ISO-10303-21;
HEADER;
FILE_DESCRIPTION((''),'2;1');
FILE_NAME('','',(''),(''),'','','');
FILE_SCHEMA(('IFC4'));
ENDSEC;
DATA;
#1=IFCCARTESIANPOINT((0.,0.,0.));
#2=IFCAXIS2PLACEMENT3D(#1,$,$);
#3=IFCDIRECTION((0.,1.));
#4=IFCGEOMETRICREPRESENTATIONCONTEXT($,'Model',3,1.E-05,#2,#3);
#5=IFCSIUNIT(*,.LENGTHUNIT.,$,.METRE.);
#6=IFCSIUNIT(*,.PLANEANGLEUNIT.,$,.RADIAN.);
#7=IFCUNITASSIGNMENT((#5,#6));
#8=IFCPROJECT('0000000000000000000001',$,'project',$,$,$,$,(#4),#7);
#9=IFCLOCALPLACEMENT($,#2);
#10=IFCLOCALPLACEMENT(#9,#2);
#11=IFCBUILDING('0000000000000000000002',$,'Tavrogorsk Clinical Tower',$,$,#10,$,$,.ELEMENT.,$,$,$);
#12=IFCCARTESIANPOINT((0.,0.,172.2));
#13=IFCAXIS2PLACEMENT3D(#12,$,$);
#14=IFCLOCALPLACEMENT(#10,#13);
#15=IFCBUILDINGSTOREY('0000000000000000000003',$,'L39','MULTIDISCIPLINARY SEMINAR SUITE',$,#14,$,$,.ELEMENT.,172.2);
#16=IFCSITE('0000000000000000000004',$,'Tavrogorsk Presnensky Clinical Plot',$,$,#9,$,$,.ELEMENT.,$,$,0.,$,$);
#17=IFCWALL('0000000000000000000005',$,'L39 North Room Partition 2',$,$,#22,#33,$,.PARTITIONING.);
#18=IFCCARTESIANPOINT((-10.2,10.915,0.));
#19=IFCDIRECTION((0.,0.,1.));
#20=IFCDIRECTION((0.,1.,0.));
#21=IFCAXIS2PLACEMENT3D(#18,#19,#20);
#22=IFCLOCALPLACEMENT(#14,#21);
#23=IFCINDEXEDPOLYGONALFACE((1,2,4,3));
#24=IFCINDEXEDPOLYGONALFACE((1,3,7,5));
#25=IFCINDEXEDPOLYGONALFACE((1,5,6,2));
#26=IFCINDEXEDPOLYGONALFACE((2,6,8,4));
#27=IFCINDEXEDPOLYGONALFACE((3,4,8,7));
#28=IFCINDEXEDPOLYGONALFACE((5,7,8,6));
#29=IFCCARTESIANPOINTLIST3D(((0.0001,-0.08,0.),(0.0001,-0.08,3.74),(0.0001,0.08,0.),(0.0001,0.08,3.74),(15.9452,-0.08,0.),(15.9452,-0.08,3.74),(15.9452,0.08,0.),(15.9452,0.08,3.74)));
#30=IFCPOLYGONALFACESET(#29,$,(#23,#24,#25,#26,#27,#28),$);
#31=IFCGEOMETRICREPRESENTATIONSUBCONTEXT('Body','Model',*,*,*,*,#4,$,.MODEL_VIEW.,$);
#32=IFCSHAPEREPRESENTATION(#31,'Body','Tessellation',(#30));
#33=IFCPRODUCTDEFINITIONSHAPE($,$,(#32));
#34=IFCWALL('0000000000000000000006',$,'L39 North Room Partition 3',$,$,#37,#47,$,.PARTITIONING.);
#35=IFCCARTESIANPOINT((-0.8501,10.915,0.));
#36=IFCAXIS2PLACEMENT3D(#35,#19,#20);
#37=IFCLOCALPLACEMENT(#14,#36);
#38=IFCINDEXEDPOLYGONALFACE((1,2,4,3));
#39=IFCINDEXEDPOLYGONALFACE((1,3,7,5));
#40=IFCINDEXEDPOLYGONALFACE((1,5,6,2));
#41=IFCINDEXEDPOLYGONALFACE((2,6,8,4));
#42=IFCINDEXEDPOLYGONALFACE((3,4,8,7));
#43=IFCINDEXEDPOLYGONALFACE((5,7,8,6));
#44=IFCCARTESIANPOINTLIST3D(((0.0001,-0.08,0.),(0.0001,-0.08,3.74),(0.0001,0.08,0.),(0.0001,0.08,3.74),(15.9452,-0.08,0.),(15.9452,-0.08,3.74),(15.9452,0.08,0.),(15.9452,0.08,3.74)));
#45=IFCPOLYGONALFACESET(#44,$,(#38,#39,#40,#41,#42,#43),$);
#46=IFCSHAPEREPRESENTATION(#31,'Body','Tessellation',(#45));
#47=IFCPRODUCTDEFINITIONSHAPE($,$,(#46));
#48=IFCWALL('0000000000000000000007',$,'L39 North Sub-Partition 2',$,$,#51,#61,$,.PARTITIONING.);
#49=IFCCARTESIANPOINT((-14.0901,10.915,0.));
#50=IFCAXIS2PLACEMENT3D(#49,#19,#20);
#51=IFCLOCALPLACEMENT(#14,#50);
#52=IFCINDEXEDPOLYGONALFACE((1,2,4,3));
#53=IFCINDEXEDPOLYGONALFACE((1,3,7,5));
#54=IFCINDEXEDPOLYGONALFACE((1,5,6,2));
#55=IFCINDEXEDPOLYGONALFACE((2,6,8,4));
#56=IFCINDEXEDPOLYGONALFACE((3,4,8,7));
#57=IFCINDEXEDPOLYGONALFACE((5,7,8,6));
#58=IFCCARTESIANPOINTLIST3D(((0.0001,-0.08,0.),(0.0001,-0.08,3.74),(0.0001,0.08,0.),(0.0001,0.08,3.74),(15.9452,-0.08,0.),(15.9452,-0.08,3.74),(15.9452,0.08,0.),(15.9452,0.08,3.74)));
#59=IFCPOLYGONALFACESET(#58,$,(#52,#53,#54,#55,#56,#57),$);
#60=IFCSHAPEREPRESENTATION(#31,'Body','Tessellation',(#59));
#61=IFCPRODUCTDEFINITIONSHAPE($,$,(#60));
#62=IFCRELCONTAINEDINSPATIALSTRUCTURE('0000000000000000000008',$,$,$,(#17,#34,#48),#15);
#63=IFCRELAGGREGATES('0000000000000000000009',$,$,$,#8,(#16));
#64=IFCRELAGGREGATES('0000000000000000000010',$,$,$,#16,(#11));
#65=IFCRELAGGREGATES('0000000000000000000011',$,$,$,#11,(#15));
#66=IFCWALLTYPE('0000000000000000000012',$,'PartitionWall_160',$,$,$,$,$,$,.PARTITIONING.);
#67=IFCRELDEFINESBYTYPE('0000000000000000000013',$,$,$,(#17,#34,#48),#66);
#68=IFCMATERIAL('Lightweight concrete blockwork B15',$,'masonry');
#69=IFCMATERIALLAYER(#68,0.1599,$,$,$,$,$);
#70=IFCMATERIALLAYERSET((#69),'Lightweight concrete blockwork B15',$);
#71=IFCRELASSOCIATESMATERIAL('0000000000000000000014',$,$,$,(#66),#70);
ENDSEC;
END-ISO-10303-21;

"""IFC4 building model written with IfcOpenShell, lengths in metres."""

from ifc_helpers import new_model, si_unit, direction, frame, frame_2d, origin, place, context, subcontext, project, spatial, rectangle, extrude, material, layer, layer_set, type_object, element, save


model = new_model("IFC4")

# Units and contexts
model_context = context("Model", 3, precision=1e-05, world=origin(), true_north=direction((0.0, 1.0)))
body_context = subcontext(model_context, "Body", "Model", "MODEL_VIEW")
ifc_project = project(units=[si_unit("LENGTHUNIT", "METRE"), si_unit("PLANEANGLEUNIT", "RADIAN")], contexts=[model_context])

# Site, building, storey
site_placement = place(None, origin())
site = spatial("IfcSite", under=ifc_project, at=site_placement, Name="Tavrogorsk Presnensky Clinical Plot", CompositionType="ELEMENT", RefElevation=0.0)
building_placement = place(site_placement, origin())
building = spatial("IfcBuilding", under=site, at=building_placement, Name="Tavrogorsk Clinical Tower", CompositionType="ELEMENT")
storey_placement = place(building_placement, frame((0.0, 0.0, 172.2)))
storey = spatial("IfcBuildingStorey", under=building, at=storey_placement, Name="L39", Description="MULTIDISCIPLINARY SEMINAR SUITE", CompositionType="ELEMENT", Elevation=172.2)

# Walls
ifc_material_1 = material(Name="Lightweight concrete blockwork B15", Category="masonry")
ifc_layer_1 = layer(ifc_material_1, 0.1599)
ifc_layer_set_1 = layer_set([ifc_layer_1], Name="Lightweight concrete blockwork B15")
wall_type_1 = type_object("IfcWallType", Name="PartitionWall_160", PredefinedType="PARTITIONING", material=ifc_layer_set_1)
for number, where, z_axis, x_axis, name in (
    (1, (-10.2, 10.915, 0.0), (0.0, 0.0, 1.0), (0.0, 1.0, 0.0), "L39 North Room Partition 2"),
    (2, (-0.8501, 10.915, 0.0), (0.0, 0.0, 1.0), (0.0, 1.0, 0.0), "L39 North Room Partition 3"),
    (3, (-14.0901, 10.915, 0.0), (0.0, 0.0, 1.0), (0.0, 1.0, 0.0), "L39 North Sub-Partition 2"),
):
    element("IfcWall", number, at=place(storey_placement, frame(where, z_axis=z_axis, x_axis=x_axis)), inside=storey, type_object=wall_type_1, Name=name, PredefinedType="PARTITIONING", context=body_context, shape_type="SweptSolid", body=[
        extrude(rectangle(XDim=15.9451, YDim=0.1599, at=frame_2d((7.9727, 0.0))), origin(), (0.0, 0.0, 1.0), 3.74),
    ])

save(model, "model.ifc")
